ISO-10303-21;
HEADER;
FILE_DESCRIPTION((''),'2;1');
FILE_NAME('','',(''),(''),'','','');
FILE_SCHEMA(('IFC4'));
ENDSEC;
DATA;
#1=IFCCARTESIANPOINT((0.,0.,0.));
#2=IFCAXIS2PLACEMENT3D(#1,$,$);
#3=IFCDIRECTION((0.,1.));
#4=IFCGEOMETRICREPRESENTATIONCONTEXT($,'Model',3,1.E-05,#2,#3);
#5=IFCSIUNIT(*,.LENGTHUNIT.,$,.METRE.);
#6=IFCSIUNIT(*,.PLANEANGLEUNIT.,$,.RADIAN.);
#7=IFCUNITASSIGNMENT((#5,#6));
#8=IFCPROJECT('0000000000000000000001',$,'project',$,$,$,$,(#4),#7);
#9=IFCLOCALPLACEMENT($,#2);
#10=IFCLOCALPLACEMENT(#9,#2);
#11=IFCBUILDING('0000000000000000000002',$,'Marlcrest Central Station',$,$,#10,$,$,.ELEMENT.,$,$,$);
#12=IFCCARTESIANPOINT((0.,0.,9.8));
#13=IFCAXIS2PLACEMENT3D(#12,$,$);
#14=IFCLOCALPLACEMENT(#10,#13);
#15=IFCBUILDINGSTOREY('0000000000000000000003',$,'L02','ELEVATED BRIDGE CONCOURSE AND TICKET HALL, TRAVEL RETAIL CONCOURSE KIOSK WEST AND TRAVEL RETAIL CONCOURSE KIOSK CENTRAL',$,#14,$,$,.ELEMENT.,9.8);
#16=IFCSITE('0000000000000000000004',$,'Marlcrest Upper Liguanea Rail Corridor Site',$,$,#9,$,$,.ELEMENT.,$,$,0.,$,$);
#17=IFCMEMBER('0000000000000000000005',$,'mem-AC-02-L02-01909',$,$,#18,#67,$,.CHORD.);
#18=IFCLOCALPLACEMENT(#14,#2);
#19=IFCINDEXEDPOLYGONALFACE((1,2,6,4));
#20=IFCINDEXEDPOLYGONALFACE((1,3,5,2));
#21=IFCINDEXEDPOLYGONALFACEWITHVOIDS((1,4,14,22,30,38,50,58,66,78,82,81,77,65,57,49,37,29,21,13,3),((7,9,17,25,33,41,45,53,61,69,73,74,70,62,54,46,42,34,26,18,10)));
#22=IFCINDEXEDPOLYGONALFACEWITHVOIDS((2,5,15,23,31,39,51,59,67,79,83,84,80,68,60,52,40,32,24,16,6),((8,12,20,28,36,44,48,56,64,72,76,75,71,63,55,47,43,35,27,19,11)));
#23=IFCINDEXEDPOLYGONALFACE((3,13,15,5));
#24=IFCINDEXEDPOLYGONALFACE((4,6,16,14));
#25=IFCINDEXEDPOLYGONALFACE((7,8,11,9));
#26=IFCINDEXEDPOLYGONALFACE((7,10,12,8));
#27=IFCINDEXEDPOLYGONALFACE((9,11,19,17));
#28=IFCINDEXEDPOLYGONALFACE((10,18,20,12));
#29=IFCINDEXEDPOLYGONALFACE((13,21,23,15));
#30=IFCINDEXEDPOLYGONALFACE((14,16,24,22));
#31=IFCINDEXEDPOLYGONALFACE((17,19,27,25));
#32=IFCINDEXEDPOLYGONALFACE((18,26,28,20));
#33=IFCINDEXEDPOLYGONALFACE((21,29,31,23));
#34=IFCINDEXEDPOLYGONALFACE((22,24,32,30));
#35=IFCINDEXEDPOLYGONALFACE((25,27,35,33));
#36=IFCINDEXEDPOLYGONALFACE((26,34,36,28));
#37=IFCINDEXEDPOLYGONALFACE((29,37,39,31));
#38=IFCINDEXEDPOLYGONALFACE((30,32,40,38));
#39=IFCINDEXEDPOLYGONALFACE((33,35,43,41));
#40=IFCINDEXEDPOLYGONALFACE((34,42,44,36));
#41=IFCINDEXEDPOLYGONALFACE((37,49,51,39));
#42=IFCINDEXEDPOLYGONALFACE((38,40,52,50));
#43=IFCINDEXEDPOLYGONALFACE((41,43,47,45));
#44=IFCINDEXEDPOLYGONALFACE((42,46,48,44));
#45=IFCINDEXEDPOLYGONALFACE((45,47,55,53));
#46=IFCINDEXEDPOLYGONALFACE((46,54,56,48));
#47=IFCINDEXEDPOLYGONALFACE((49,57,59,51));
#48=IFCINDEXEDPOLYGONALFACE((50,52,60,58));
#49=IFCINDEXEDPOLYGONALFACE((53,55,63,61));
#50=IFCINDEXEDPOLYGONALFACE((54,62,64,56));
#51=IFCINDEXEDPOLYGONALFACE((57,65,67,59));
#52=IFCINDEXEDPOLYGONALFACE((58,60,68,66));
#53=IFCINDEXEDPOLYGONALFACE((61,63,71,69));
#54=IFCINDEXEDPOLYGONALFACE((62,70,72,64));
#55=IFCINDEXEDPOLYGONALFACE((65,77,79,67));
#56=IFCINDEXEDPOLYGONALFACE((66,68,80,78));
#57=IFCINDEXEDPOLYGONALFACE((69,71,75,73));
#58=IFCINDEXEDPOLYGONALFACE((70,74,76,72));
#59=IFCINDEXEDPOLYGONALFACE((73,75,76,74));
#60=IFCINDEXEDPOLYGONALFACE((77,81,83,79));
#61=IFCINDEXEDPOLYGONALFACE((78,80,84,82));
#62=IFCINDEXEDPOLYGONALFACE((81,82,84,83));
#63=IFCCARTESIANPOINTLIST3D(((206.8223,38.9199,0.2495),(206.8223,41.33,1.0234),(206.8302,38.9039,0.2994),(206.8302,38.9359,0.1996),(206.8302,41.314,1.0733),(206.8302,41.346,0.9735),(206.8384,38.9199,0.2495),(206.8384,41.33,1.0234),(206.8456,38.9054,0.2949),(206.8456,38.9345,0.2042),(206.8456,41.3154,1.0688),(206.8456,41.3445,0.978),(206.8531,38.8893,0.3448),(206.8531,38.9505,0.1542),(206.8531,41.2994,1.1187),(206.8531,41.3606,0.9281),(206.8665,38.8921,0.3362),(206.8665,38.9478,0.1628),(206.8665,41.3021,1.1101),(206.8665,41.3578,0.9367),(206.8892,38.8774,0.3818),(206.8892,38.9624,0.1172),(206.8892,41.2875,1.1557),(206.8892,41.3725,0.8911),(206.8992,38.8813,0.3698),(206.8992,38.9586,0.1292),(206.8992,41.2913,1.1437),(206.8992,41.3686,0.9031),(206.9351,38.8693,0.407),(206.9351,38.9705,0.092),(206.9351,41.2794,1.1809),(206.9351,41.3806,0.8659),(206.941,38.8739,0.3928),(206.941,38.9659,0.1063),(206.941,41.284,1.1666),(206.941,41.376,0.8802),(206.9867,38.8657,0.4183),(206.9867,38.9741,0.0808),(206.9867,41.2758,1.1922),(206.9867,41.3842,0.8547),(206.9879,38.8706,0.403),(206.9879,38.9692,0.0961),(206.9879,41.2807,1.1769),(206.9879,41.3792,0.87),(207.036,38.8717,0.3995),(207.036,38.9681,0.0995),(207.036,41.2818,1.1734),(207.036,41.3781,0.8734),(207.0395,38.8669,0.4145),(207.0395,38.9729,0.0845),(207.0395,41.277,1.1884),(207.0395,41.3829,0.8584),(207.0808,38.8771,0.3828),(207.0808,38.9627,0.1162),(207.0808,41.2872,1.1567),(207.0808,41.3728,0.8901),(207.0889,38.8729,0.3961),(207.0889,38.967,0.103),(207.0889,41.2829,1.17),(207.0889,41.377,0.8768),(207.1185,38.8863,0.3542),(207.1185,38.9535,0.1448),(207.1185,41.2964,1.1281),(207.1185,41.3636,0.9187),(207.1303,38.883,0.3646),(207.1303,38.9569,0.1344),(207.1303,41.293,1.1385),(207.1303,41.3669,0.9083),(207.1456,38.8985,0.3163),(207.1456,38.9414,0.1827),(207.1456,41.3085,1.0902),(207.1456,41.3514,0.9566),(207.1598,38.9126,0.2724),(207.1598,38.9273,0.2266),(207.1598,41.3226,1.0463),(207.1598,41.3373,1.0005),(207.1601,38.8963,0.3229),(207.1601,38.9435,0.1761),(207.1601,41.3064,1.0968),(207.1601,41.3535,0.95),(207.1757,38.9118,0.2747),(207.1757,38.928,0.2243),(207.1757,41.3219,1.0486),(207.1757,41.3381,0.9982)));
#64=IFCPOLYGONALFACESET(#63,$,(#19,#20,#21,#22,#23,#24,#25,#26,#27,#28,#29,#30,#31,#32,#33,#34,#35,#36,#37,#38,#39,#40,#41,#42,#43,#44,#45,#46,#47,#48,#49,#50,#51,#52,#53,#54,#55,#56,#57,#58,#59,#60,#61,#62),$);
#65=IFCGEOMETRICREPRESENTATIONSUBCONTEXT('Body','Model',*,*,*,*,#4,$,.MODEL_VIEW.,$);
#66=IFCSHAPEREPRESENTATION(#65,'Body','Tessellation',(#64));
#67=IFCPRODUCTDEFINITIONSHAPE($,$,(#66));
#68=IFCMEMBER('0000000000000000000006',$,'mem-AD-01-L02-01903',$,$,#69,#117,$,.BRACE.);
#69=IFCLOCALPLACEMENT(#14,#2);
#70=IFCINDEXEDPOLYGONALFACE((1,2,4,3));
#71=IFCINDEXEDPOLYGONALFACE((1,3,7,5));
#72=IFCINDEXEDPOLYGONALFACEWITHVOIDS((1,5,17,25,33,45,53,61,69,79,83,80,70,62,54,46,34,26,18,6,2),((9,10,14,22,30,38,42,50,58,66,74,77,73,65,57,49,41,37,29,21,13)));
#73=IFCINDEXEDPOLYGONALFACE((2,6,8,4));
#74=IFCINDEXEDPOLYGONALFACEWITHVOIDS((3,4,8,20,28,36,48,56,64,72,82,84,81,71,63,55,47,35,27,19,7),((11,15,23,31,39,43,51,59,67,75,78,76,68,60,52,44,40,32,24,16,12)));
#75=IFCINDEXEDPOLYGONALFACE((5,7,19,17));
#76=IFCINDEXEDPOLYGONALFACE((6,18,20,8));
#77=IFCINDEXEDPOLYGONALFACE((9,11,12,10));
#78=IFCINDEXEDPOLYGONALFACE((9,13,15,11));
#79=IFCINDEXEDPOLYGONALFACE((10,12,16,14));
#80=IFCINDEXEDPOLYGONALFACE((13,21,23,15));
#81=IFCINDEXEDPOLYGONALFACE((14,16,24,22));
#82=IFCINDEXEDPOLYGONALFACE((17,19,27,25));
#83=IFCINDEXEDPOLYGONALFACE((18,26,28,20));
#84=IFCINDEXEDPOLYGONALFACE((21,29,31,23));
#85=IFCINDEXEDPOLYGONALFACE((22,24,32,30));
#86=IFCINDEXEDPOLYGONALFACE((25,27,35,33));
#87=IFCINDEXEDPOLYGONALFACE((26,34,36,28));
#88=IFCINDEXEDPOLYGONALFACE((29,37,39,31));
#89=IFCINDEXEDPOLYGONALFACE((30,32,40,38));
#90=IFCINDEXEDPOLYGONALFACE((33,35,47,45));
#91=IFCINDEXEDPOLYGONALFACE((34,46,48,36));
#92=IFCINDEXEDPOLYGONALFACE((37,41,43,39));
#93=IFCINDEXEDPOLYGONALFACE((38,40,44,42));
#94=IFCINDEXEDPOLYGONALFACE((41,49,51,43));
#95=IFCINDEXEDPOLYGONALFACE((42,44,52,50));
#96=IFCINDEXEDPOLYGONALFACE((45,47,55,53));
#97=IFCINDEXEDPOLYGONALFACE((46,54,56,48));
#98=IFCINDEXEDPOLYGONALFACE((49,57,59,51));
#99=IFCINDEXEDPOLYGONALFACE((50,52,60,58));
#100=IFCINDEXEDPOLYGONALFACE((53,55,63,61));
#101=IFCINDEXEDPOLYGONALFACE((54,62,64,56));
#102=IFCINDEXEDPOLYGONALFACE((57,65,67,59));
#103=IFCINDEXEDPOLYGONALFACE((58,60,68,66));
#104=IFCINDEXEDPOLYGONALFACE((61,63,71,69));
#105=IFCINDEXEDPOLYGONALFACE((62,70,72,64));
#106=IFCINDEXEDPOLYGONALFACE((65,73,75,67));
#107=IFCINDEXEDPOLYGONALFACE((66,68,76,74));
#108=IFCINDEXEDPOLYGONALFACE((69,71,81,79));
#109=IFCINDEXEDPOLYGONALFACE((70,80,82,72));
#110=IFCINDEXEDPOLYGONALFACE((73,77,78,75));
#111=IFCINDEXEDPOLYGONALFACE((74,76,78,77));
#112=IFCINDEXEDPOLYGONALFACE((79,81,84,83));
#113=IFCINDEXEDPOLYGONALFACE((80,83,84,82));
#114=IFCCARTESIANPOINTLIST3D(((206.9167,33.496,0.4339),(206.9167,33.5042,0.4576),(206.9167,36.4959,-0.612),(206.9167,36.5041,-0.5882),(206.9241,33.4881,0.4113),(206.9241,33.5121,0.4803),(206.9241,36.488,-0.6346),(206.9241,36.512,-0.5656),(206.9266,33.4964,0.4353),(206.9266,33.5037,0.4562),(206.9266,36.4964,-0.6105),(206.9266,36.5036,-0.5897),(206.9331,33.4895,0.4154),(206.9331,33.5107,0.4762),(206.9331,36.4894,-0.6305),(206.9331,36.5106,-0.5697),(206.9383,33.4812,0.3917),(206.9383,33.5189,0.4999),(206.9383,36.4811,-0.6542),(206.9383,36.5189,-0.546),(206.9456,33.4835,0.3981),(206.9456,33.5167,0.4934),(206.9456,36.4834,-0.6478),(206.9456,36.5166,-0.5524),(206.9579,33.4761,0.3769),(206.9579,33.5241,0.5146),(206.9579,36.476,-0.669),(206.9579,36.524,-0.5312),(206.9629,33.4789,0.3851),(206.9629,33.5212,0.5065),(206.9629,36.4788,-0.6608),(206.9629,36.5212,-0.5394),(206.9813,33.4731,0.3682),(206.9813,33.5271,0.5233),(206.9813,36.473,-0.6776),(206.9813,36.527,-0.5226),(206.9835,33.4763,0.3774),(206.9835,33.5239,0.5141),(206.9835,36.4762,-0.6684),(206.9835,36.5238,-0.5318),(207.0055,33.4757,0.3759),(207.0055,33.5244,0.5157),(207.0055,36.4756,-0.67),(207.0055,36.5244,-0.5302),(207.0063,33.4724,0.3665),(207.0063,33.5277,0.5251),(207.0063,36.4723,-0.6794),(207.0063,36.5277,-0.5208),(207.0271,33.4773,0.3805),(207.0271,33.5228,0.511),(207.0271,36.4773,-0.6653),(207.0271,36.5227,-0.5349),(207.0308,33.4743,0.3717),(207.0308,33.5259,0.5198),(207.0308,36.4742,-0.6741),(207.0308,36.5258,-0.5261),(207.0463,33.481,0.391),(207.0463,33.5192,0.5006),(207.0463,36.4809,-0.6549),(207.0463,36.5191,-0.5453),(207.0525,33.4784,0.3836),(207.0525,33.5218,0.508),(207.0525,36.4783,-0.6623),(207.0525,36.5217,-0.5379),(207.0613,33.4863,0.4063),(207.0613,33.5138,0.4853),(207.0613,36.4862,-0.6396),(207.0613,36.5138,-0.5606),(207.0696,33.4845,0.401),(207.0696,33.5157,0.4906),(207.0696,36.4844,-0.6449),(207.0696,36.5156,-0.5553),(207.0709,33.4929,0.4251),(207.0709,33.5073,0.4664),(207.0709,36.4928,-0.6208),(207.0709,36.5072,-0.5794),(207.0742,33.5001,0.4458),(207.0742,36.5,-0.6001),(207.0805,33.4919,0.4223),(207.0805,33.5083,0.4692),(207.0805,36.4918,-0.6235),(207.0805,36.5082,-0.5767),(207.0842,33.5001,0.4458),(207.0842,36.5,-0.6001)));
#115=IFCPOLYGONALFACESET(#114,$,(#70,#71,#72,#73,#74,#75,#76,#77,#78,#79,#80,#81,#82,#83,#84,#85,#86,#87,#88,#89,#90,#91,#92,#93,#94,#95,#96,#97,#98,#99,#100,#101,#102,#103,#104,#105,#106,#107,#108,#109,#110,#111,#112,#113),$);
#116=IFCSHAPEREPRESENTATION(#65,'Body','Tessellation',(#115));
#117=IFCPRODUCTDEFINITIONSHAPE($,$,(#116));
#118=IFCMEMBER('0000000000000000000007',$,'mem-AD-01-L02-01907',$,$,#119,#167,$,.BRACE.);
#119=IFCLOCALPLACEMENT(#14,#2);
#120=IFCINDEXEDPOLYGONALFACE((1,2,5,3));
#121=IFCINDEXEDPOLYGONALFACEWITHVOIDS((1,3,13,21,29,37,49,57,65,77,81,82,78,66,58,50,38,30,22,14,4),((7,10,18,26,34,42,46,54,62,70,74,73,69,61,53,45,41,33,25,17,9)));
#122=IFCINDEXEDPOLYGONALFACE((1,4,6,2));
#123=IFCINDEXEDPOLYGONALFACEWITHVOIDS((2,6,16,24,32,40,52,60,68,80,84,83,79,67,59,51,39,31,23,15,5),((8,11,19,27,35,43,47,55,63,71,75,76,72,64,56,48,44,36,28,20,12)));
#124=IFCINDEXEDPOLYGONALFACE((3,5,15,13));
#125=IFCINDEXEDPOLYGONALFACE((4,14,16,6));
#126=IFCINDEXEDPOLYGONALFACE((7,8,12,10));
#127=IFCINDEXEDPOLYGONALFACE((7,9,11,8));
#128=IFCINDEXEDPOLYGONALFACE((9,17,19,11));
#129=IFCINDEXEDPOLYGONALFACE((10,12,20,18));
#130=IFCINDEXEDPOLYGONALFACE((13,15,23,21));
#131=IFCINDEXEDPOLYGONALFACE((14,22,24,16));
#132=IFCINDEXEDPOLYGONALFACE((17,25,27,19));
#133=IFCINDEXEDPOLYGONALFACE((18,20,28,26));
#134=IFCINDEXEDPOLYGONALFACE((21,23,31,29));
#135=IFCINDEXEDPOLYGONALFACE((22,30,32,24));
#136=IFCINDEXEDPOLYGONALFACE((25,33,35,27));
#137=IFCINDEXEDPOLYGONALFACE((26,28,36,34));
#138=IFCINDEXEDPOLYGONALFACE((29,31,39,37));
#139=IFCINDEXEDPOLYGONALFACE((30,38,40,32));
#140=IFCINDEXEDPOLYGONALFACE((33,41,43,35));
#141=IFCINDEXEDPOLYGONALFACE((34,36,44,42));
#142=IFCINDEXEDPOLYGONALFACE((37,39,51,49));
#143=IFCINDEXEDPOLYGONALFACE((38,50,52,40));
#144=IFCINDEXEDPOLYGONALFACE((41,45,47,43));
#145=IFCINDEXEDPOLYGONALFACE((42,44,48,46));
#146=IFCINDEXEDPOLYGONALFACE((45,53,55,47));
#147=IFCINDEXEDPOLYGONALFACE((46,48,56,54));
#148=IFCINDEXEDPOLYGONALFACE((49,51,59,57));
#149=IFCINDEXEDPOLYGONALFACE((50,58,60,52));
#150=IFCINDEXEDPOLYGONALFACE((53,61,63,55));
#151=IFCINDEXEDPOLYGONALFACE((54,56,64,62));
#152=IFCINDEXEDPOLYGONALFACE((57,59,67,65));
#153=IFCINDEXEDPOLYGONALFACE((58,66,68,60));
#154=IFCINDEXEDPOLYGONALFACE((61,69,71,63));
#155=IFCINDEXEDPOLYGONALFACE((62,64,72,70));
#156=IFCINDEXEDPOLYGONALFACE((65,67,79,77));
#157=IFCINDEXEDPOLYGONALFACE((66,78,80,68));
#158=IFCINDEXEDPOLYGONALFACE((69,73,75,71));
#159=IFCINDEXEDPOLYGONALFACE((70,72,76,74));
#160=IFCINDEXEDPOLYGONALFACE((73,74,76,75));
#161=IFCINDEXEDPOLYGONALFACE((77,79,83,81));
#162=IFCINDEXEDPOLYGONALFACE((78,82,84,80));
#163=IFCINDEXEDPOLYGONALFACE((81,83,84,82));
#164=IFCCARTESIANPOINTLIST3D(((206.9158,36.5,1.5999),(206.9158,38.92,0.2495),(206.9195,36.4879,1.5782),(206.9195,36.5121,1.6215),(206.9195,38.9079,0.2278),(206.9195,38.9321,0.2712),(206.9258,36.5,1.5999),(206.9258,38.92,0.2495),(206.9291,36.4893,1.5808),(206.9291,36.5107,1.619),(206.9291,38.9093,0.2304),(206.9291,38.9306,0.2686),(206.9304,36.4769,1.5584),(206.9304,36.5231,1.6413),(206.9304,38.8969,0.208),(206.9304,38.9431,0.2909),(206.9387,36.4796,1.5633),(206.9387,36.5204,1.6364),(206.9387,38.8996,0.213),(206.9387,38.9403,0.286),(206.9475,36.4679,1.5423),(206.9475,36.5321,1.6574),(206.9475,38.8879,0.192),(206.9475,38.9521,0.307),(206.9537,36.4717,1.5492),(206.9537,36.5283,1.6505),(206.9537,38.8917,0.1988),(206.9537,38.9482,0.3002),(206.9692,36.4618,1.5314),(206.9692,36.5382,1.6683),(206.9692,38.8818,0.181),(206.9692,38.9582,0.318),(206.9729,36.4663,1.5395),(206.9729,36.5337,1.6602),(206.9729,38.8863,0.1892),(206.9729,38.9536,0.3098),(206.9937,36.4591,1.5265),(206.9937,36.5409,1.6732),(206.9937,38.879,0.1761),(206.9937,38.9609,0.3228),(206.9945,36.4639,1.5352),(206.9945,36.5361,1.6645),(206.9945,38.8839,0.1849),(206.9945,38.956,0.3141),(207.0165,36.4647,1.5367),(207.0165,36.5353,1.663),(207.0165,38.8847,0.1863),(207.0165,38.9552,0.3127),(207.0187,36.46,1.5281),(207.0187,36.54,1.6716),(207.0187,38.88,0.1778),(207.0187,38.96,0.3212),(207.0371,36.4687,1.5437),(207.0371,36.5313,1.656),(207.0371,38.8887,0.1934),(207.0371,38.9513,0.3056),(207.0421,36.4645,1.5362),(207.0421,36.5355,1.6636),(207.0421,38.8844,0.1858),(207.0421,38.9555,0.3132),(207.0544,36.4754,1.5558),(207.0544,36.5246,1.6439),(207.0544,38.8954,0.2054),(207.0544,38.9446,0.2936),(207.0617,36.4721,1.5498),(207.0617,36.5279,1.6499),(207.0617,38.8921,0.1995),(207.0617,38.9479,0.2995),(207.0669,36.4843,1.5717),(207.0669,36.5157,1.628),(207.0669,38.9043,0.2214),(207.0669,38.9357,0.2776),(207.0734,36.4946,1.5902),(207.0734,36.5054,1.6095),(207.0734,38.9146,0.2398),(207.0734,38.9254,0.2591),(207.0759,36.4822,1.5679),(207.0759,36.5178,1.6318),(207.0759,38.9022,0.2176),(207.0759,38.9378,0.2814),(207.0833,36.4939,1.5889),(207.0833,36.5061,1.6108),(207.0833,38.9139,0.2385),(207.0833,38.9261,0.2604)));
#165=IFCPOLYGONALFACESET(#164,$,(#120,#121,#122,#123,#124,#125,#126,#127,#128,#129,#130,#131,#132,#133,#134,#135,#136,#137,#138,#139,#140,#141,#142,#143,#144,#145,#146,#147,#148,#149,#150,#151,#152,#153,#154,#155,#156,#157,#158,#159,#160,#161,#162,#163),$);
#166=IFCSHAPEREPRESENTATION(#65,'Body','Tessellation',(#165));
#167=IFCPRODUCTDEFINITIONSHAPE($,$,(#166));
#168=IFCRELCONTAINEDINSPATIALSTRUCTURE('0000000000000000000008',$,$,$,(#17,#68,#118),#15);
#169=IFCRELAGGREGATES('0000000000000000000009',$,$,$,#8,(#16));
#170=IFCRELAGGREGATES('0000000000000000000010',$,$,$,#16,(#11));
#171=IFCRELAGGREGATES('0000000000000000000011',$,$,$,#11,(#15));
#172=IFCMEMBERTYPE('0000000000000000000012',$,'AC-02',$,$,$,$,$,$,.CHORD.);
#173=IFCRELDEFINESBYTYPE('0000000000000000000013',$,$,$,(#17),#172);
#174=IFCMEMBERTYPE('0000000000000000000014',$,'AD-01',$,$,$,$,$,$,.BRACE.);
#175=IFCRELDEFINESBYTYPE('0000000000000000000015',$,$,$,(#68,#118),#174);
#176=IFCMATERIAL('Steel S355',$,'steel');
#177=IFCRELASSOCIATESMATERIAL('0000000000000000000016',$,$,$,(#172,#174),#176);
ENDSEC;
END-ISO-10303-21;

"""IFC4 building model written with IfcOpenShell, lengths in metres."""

from ifc_helpers import new_model, si_unit, direction, frame, origin, origin_2d, place, context, subcontext, project, spatial, hollow_circle, extrude, material, material_profile, profile_set, type_object, element, save


model = new_model("IFC4")

# Units and contexts
model_context = context("Model", 3, precision=1e-05, world=origin(), true_north=direction((0.0, 1.0)))
body_context = subcontext(model_context, "Body", "Model", "MODEL_VIEW")
ifc_project = project(units=[si_unit("LENGTHUNIT", "METRE"), si_unit("PLANEANGLEUNIT", "RADIAN")], contexts=[model_context])

# Site, building, storey
site_placement = place(None, origin())
site = spatial("IfcSite", under=ifc_project, at=site_placement, Name="Marlcrest Upper Liguanea Rail Corridor Site", CompositionType="ELEMENT", RefElevation=0.0)
building_placement = place(site_placement, origin())
building = spatial("IfcBuilding", under=site, at=building_placement, Name="Marlcrest Central Station", CompositionType="ELEMENT")
storey_placement = place(building_placement, frame((0.0, 0.0, 9.8)))
storey = spatial("IfcBuildingStorey", under=building, at=storey_placement, Name="L02", Description="ELEVATED BRIDGE CONCOURSE AND TICKET HALL, TRAVEL RETAIL CONCOURSE KIOSK WEST AND TRAVEL RETAIL CONCOURSE KIOSK CENTRAL", CompositionType="ELEMENT", Elevation=9.8)

# Members
ifc_material_1 = material(Name="Steel S355", Category="steel")
ifc_material_profile_1 = material_profile(ifc_material_1, hollow_circle(Radius=0.1777, WallThickness=0.0161, at=origin_2d()), Name="CHS 355.6x16")
ifc_profile_set_1 = profile_set([ifc_material_profile_1], Name="Steel S355")
member_type_1 = type_object("IfcMemberType", Name="AC-02", PredefinedType="CHORD", material=ifc_profile_set_1)
member_1_placement = place(storey_placement, frame((207.0, 38.9199, 0.2495), z_axis=(0.0, 0.952117, 0.305734), x_axis=(-1.0, 0.0, 0.0)))
element("IfcMember", 1, at=member_1_placement, inside=storey, type_object=member_type_1, Name="mem-AC-02-L02-01909", PredefinedType="CHORD", context=body_context, shape_type="SweptSolid", body=[
    extrude(hollow_circle(Radius=0.1777, WallThickness=0.0161, at=origin_2d()), origin(), (0.0, 0.0, 1.0), 2.5312),
])
ifc_material_profile_2 = material_profile(ifc_material_1, hollow_circle(Radius=0.0842, WallThickness=0.01, at=origin_2d()), Name="CHS 168.3x10")
ifc_profile_set_2 = profile_set([ifc_material_profile_2], Name="Steel S355")
member_type_2 = type_object("IfcMemberType", Name="AD-01", PredefinedType="BRACE", material=ifc_profile_set_2)
member_2_placement = place(storey_placement, frame((207.0, 36.5, -0.6001), z_axis=(0.0, -0.94426, 0.3292), x_axis=(1.0, 0.0, 0.0)))
element("IfcMember", 2, at=member_2_placement, inside=storey, type_object=member_type_2, Name="mem-AD-01-L02-01903", PredefinedType="BRACE", context=body_context, shape_type="SweptSolid", body=[
    extrude(hollow_circle(Radius=0.0842, WallThickness=0.01, at=origin_2d()), origin(), (0.0, 0.0, 1.0), 3.177),
])
member_3_placement = place(storey_placement, frame((207.0, 36.5, 1.5999), z_axis=(0.0, 0.873246, -0.48728), x_axis=(-1.0, 0.0, 0.0)))
element("IfcMember", 3, at=member_3_placement, inside=storey, type_object=member_type_2, Name="mem-AD-01-L02-01907", PredefinedType="BRACE", context=body_context, shape_type="SweptSolid", body=[
    extrude(hollow_circle(Radius=0.0842, WallThickness=0.01, at=origin_2d()), origin(), (0.0, 0.0, 1.0), 2.7712),
])

save(model, "model.ifc")
